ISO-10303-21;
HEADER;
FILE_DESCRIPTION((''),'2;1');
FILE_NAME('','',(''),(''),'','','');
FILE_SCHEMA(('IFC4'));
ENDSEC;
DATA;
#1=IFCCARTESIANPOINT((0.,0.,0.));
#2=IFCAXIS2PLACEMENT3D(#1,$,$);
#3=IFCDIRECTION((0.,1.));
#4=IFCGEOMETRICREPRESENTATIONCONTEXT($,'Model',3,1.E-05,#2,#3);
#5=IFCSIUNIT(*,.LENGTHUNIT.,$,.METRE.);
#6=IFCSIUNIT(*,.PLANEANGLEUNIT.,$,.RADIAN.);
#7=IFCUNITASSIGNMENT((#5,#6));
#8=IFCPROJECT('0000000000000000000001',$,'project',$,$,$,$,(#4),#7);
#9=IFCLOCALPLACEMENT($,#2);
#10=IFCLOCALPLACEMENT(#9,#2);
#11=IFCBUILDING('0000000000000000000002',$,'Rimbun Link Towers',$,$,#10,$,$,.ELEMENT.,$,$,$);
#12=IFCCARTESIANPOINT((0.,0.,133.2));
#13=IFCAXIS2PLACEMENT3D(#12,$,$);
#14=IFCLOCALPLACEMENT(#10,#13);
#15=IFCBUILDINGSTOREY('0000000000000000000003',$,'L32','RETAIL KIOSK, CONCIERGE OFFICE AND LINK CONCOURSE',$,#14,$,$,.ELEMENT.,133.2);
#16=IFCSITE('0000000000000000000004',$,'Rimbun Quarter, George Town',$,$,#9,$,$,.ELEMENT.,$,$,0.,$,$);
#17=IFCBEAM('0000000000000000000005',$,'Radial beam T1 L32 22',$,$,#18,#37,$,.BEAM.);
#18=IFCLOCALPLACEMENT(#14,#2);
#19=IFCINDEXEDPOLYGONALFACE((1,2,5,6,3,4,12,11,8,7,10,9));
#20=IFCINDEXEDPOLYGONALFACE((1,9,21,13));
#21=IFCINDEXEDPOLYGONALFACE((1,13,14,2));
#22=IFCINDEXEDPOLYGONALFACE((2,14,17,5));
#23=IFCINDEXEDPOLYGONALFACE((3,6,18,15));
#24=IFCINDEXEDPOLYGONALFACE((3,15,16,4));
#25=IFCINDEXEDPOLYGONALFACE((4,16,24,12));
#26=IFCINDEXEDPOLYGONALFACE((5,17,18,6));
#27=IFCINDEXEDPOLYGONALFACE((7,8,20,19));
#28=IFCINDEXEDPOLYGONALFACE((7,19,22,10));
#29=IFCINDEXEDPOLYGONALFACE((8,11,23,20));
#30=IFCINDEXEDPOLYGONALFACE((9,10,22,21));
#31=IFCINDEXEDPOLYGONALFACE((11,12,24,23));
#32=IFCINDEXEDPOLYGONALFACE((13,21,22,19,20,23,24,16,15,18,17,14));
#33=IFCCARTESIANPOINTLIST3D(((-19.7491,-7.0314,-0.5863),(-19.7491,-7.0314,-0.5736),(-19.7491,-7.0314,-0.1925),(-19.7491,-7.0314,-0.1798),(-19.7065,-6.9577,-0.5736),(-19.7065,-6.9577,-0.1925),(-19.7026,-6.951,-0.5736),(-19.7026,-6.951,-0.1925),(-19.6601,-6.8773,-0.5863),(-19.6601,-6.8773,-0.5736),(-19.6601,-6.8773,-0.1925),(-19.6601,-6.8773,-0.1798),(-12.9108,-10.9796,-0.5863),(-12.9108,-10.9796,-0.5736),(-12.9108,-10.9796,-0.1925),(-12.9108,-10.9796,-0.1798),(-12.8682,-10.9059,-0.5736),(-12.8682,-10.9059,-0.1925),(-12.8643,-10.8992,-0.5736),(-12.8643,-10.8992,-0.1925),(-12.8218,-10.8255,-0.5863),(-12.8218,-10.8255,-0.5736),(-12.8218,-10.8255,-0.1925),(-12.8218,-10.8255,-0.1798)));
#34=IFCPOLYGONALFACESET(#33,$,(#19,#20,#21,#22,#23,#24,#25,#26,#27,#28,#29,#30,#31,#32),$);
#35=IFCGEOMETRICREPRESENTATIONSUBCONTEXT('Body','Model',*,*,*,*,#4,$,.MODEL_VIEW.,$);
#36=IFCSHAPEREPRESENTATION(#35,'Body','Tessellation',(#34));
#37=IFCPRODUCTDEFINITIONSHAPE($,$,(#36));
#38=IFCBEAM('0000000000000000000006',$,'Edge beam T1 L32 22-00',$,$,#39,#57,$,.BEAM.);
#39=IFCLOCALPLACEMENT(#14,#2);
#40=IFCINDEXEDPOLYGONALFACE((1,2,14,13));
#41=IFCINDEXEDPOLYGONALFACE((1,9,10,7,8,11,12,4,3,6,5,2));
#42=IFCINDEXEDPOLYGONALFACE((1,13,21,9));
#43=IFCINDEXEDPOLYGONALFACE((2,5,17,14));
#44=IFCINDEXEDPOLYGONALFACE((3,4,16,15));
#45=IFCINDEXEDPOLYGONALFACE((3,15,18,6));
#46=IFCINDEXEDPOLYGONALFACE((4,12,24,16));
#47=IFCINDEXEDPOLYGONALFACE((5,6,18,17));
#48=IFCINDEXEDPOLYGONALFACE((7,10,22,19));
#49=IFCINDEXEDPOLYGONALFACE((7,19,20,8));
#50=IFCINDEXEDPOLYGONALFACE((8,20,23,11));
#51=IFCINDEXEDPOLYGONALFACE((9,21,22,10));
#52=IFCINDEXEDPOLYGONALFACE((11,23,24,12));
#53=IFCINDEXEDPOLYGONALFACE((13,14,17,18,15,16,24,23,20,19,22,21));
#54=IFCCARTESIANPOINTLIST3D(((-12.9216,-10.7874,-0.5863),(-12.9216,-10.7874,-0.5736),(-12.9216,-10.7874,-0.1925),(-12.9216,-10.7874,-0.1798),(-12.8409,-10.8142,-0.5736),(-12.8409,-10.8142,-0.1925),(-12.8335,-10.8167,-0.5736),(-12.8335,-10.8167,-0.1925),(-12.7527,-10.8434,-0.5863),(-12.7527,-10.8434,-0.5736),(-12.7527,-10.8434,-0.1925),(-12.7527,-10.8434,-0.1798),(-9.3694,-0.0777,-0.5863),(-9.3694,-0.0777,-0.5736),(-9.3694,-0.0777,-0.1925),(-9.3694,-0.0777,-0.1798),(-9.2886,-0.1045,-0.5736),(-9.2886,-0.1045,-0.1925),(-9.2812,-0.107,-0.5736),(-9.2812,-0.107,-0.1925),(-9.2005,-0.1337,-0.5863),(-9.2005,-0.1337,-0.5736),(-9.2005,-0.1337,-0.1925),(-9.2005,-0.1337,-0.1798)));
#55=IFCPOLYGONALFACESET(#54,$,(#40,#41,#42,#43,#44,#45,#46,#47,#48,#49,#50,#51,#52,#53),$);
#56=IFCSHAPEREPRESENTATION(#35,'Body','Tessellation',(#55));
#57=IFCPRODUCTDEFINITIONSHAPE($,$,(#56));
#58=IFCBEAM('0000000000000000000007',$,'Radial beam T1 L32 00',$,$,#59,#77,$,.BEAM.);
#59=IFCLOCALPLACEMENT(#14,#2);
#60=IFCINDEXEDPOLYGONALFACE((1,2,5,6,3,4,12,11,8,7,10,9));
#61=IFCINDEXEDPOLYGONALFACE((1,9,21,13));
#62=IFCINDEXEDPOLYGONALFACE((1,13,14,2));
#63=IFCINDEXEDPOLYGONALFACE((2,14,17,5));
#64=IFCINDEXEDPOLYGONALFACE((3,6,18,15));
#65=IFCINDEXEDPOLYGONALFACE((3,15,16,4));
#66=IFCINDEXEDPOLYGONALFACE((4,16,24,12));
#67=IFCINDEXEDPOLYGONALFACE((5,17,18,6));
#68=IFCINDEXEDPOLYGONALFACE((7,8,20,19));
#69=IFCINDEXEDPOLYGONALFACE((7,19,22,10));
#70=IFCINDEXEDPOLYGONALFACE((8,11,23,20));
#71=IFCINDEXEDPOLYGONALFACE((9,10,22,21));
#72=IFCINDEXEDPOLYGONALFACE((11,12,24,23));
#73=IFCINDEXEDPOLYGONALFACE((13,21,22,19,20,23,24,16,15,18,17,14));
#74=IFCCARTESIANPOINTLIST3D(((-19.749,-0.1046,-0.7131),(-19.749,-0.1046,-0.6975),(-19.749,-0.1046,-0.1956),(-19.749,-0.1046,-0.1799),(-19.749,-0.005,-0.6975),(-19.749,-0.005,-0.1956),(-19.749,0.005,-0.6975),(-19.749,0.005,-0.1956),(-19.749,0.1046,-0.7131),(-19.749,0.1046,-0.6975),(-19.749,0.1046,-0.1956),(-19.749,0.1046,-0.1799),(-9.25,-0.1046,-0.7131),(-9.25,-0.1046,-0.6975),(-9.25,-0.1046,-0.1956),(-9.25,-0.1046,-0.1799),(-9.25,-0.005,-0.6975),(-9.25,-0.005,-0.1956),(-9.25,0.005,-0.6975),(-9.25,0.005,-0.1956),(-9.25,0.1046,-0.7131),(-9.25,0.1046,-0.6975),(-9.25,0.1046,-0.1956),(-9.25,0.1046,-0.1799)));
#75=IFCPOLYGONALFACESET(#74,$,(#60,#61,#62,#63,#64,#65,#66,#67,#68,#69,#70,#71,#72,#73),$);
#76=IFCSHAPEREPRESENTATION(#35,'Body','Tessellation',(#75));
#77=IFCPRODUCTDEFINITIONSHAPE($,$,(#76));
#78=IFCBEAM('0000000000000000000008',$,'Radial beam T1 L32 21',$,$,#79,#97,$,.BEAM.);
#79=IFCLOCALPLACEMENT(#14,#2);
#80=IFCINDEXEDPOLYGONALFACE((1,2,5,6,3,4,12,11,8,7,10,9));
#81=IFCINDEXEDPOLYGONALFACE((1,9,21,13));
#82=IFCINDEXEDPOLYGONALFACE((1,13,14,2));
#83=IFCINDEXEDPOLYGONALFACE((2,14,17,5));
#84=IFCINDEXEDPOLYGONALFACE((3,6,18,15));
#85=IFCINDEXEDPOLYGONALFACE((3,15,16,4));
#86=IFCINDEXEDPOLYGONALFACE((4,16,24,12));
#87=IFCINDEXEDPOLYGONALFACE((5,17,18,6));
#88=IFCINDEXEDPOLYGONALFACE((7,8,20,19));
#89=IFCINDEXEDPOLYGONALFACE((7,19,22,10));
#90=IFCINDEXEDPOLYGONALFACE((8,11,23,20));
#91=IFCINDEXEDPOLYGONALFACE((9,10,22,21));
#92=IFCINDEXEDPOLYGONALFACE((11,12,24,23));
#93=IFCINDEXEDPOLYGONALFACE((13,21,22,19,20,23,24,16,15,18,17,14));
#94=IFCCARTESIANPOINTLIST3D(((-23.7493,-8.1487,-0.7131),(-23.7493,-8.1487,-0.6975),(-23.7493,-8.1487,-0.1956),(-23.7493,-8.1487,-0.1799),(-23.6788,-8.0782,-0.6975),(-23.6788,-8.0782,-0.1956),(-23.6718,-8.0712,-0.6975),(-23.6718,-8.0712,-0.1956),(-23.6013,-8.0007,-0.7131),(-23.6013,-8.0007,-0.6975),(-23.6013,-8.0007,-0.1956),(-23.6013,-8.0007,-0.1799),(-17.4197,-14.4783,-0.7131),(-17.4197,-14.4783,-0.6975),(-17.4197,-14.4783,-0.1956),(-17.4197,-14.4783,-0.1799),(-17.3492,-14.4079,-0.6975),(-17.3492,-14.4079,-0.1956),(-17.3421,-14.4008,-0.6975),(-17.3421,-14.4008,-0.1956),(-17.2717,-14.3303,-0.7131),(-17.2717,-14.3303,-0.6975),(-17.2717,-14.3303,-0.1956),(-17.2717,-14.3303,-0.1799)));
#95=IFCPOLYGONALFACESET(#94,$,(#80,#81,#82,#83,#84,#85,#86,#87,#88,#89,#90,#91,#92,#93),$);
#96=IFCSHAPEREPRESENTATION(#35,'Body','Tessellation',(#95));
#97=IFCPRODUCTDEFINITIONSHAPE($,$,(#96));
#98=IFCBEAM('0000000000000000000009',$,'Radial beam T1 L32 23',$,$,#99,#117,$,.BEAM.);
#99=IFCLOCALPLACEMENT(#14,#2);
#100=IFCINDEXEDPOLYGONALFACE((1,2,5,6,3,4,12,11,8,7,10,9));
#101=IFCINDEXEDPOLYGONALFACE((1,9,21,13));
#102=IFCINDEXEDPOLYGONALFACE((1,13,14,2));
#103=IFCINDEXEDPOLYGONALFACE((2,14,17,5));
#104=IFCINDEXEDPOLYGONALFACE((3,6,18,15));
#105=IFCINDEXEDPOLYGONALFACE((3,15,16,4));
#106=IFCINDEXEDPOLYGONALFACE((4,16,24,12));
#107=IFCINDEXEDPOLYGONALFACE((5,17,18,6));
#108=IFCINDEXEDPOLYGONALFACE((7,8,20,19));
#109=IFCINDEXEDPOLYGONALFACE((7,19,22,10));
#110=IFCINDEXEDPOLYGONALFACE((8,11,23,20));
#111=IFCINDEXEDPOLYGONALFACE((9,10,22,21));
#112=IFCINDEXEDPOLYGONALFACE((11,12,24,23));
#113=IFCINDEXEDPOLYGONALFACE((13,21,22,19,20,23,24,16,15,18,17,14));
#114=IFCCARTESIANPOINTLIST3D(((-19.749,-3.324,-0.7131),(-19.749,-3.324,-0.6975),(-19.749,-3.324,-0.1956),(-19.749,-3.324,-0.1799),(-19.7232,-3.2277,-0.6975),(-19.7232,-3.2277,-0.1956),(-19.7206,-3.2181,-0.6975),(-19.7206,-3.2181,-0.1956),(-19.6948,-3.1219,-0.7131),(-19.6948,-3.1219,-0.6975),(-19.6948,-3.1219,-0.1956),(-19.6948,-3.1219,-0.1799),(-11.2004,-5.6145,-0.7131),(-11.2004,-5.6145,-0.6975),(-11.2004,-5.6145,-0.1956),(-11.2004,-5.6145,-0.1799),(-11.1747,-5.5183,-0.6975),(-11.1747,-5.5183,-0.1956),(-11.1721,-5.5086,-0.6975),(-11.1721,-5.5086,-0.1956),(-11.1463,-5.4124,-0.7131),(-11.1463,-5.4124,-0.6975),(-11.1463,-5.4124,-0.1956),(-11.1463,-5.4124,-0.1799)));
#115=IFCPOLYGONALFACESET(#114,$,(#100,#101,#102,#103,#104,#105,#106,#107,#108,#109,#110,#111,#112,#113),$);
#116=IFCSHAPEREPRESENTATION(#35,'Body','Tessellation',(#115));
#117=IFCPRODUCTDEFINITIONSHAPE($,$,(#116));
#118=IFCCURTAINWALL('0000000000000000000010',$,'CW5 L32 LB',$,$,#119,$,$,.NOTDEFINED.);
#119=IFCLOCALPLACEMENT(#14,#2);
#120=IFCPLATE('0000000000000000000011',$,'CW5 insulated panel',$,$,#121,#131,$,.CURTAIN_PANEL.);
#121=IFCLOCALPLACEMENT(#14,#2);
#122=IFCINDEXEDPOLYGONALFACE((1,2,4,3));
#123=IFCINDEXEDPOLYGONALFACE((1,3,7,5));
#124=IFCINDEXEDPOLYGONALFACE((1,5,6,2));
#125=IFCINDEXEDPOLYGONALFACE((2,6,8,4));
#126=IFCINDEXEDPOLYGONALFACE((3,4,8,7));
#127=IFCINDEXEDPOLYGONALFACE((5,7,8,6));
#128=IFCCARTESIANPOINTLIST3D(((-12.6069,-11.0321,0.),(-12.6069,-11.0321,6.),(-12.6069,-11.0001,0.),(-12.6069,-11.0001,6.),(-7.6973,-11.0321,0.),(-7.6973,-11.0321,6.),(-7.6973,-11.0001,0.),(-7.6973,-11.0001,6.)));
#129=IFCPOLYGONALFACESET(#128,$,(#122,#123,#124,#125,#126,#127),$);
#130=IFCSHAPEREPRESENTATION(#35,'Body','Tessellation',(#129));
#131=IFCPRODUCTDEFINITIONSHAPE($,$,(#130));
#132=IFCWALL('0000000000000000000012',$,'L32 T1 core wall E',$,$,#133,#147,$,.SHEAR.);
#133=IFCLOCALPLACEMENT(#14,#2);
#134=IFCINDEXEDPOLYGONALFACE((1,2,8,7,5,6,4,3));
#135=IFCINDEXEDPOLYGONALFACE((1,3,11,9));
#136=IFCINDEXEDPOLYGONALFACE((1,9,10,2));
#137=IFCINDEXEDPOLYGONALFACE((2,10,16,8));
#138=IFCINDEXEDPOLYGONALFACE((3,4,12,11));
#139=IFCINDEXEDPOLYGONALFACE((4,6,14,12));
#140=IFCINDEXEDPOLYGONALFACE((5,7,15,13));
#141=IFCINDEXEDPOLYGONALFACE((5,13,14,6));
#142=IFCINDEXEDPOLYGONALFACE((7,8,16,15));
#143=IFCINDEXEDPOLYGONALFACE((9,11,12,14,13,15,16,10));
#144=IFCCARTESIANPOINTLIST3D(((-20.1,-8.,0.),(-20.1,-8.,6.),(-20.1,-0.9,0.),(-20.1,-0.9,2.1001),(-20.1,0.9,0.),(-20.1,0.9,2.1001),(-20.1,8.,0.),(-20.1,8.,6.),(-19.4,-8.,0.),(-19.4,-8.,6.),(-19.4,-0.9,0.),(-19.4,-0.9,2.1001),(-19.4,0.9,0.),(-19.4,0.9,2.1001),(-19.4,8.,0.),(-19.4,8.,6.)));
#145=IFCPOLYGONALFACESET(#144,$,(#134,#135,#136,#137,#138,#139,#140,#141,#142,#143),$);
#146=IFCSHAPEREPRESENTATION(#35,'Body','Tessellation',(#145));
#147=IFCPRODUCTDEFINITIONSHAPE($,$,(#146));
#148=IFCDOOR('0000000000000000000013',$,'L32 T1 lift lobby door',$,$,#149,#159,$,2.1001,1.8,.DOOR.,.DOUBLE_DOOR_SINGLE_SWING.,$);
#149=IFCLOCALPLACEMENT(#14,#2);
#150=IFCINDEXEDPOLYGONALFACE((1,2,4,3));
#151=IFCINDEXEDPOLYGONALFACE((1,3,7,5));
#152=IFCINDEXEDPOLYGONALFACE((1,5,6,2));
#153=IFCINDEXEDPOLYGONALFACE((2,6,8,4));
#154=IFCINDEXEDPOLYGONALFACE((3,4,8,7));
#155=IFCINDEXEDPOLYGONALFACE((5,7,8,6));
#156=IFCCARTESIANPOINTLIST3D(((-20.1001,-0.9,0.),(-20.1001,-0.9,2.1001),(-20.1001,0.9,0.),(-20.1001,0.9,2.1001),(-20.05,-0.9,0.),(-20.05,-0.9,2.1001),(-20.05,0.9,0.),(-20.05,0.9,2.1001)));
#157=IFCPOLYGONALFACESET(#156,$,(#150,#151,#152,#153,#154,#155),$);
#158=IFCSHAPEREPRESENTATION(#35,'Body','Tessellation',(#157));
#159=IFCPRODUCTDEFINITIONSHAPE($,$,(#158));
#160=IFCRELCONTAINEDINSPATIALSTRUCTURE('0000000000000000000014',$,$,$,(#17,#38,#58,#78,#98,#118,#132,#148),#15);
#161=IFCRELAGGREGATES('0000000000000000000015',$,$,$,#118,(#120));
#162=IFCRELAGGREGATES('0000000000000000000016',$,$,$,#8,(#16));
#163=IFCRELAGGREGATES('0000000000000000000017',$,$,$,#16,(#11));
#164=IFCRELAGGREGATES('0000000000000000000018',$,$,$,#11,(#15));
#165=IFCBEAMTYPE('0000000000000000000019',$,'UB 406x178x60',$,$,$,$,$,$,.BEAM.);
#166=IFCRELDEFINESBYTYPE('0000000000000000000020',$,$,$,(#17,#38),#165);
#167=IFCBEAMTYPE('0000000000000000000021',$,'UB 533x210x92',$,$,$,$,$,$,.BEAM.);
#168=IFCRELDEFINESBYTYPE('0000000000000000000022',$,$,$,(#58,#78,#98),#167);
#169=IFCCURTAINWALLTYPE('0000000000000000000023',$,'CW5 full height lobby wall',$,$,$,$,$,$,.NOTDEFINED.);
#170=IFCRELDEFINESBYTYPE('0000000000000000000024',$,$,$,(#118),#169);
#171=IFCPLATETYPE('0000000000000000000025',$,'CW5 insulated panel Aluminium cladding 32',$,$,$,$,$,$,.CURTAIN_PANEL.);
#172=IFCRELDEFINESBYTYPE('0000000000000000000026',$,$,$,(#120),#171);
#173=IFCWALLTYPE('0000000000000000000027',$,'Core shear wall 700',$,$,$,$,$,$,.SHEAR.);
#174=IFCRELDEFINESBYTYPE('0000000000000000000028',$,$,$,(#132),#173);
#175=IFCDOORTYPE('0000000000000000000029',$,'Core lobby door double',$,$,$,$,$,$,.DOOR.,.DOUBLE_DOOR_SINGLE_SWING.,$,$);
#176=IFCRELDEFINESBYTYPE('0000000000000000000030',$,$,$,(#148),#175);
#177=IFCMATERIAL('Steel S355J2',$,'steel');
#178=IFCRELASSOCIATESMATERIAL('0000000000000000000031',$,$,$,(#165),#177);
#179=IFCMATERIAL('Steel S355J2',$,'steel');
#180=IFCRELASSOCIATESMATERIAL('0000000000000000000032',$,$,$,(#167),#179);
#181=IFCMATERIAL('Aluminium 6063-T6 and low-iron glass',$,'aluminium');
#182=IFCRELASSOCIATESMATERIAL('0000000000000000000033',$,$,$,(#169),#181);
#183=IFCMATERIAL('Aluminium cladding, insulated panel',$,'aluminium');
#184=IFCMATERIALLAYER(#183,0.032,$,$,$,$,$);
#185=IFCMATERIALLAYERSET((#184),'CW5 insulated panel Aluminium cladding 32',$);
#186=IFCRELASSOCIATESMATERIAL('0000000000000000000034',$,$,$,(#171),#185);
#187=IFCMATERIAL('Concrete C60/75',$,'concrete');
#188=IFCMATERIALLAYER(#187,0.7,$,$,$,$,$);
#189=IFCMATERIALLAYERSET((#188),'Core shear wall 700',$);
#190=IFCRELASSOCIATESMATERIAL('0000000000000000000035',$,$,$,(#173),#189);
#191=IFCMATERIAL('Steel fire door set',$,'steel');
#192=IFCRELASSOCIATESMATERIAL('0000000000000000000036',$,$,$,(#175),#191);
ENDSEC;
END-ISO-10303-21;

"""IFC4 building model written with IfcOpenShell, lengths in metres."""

from ifc_helpers import new_model, si_unit, direction, frame, frame_2d, origin, origin_2d, place, context, subcontext, project, spatial, rectangle, i_section, extrude, material, layer, layer_set, material_profile, profile_set, type_object, element, fill, aggregate, save


model = new_model("IFC4")

# Units and contexts
model_context = context("Model", 3, precision=1e-05, world=origin(), true_north=direction((0.0, 1.0)))
body_context = subcontext(model_context, "Body", "Model", "MODEL_VIEW")
ifc_project = project(units=[si_unit("LENGTHUNIT", "METRE"), si_unit("PLANEANGLEUNIT", "RADIAN")], contexts=[model_context])

# Site, building, storey
site_placement = place(None, origin())
site = spatial("IfcSite", under=ifc_project, at=site_placement, Name="Rimbun Quarter, George Town", CompositionType="ELEMENT", RefElevation=0.0)
building_placement = place(site_placement, origin())
building = spatial("IfcBuilding", under=site, at=building_placement, Name="Rimbun Link Towers", CompositionType="ELEMENT")
storey_placement = place(building_placement, frame((0.0, 0.0, 133.2)))
storey = spatial("IfcBuildingStorey", under=building, at=storey_placement, Name="L32", Description="RETAIL KIOSK, CONCIERGE OFFICE AND LINK CONCOURSE", CompositionType="ELEMENT", Elevation=133.2)

# Beams
ifc_material_1 = material(Name="Steel S355J2", Category="steel")
ifc_material_profile_1 = material_profile(ifc_material_1, i_section(OverallWidth=0.178, OverallDepth=0.4065, WebThickness=0.0078, FlangeThickness=0.0127, at=origin_2d()), Name="UB 406x178x60")
ifc_profile_set_1 = profile_set([ifc_material_profile_1], Name="Steel S355J2")
beam_type_1 = type_object("IfcBeamType", Name="UB 406x178x60", PredefinedType="BEAM", material=ifc_profile_set_1)
beam_1_placement = place(storey_placement, frame((-19.7046, -6.9543, -0.3831), z_axis=(0.86602, -0.50001, 0.0), x_axis=(0.50001, 0.86602, 0.0)))
element("IfcBeam", 1, at=beam_1_placement, inside=storey, type_object=beam_type_1, Name="Radial beam T1 L32 22", PredefinedType="BEAM", context=body_context, shape_type="SweptSolid", body=[
    extrude(i_section(OverallWidth=0.178, OverallDepth=0.4065, WebThickness=0.0078, FlangeThickness=0.0127, at=origin_2d()), origin(), (0.0, 0.0, 1.0), 7.8962),
])
beam_2_placement = place(storey_placement, frame((-12.8372, -10.8154, -0.3831), z_axis=(0.314819, 0.949152, 0.0), x_axis=(-0.949152, 0.314819, 0.0)))
element("IfcBeam", 2, at=beam_2_placement, inside=storey, type_object=beam_type_1, Name="Edge beam T1 L32 22-00", PredefinedType="BEAM", context=body_context, shape_type="SweptSolid", body=[
    extrude(i_section(OverallWidth=0.178, OverallDepth=0.4065, WebThickness=0.0078, FlangeThickness=0.0127, at=origin_2d()), origin(), (0.0, 0.0, 1.0), 11.2834),
])
ifc_material_2 = material(Name="Steel S355J2", Category="steel")
ifc_material_profile_2 = material_profile(ifc_material_2, i_section(OverallWidth=0.2092, OverallDepth=0.5332, WebThickness=0.01, FlangeThickness=0.0156, at=origin_2d()), Name="UB 533x210x92")
ifc_profile_set_2 = profile_set([ifc_material_profile_2], Name="Steel S355J2")
beam_type_2 = type_object("IfcBeamType", Name="UB 533x210x92", PredefinedType="BEAM", material=ifc_profile_set_2)
beam_3_placement = place(storey_placement, frame((-19.749, 0.0, -0.4465), z_axis=(1.0, 0.0, 0.0), x_axis=(0.0, 1.0, 0.0)))
element("IfcBeam", 3, at=beam_3_placement, inside=storey, type_object=beam_type_2, Name="Radial beam T1 L32 00", PredefinedType="BEAM", context=body_context, shape_type="SweptSolid", body=[
    extrude(i_section(OverallWidth=0.2092, OverallDepth=0.5332, WebThickness=0.01, FlangeThickness=0.0156, at=origin_2d()), origin(), (0.0, 0.0, 1.0), 10.499),
])
beam_4_placement = place(storey_placement, frame((-23.6753, -8.0747, -0.4465), z_axis=(0.707107, -0.707107, 0.0), x_axis=(0.707107, 0.707107, 0.0)))
element("IfcBeam", 4, at=beam_4_placement, inside=storey, type_object=beam_type_2, Name="Radial beam T1 L32 21", PredefinedType="BEAM", context=body_context, shape_type="SweptSolid", body=[
    extrude(i_section(OverallWidth=0.2092, OverallDepth=0.5332, WebThickness=0.01, FlangeThickness=0.0156, at=origin_2d()), origin(), (0.0, 0.0, 1.0), 8.9514),
])
beam_5_placement = place(storey_placement, frame((-19.7219, -3.2229, -0.4465), z_axis=(0.965927, -0.258813, 0.0), x_axis=(0.258813, 0.965927, 0.0)))
element("IfcBeam", 5, at=beam_5_placement, inside=storey, type_object=beam_type_2, Name="Radial beam T1 L32 23", PredefinedType="BEAM", context=body_context, shape_type="SweptSolid", body=[
    extrude(i_section(OverallWidth=0.2092, OverallDepth=0.5332, WebThickness=0.01, FlangeThickness=0.0156, at=origin_2d()), origin(), (0.0, 0.0, 1.0), 8.8501),
])

# Curtain wall, plate
ifc_material_3 = material(Name="Aluminium 6063-T6 and low-iron glass", Category="aluminium")
curtain_wall_type = type_object("IfcCurtainWallType", Name="CW5 full height lobby wall", PredefinedType="NOTDEFINED", material=ifc_material_3)
curtain_wall_placement = place(storey_placement, origin())
curtain_wall = element("IfcCurtainWall", 6, at=curtain_wall_placement, inside=storey, type_object=curtain_wall_type, Name="CW5 L32 LB", PredefinedType="NOTDEFINED")
ifc_material_4 = material(Name="Aluminium cladding, insulated panel", Category="aluminium")
ifc_layer_1 = layer(ifc_material_4, 0.032)
ifc_layer_set_1 = layer_set([ifc_layer_1], Name="CW5 insulated panel Aluminium cladding 32")
plate_type = type_object("IfcPlateType", Name="CW5 insulated panel Aluminium cladding 32", PredefinedType="CURTAIN_PANEL", material=ifc_layer_set_1)
plate_placement = place(storey_placement, frame((-10.1521, -11.0161, 0.0), z_axis=(0.0, 0.0, 1.0), x_axis=(-1.0, 0.0, 0.0)))
plate = element("IfcPlate", 7, at=plate_placement, type_object=plate_type, Name="CW5 insulated panel", PredefinedType="CURTAIN_PANEL", context=body_context, shape_type="SweptSolid", body=[
    extrude(rectangle(XDim=4.9097, YDim=0.032, at=origin_2d()), origin(), (0.0, 0.0, 1.0), 6.0),
])
aggregate(curtain_wall, [plate])

# Wall, opening, door
ifc_material_5 = material(Name="Concrete C60/75", Category="concrete")
ifc_layer_2 = layer(ifc_material_5, 0.7)
ifc_layer_set_2 = layer_set([ifc_layer_2], Name="Core shear wall 700")
wall_type_1 = type_object("IfcWallType", Name="Core shear wall 700", PredefinedType="SHEAR", material=ifc_layer_set_2)
wall_1_placement = place(storey_placement, frame((-19.75, -8.0, 0.0), z_axis=(0.0, 0.0, 1.0), x_axis=(0.0, 1.0, 0.0)))
wall_1 = element("IfcWall", 8, at=wall_1_placement, inside=storey, type_object=wall_type_1, Name="L32 T1 core wall E", PredefinedType="SHEAR", context=body_context, shape_type="SweptSolid", body=[
    extrude(rectangle(XDim=16.0, YDim=0.7, at=frame_2d((8.0, 0.0))), origin(), (0.0, 0.0, 1.0), 6.0),
])
opening_1_placement = place(wall_1_placement, frame((7.1001, 0.0, 0.0)))
opening_1 = element("IfcOpeningElement", 9, at=opening_1_placement, cuts=wall_1, PredefinedType="OPENING", context=body_context, shape_type="SweptSolid", body=[
    extrude(rectangle(XDim=1.8, YDim=2.1001, at=frame_2d((0.8999, 1.05))), frame((0.0, 0.3599, 0.0), z_axis=(0.0, -1.0, 0.0), x_axis=(1.0, 0.0, 0.0)), (0.0, 0.0, 1.0), 0.72),
])
ifc_material_6 = material(Name="Steel fire door set", Category="steel")
door_type_1 = type_object("IfcDoorType", Name="Core lobby door double", OperationType="DOUBLE_DOOR_SINGLE_SWING", PredefinedType="DOOR", material=ifc_material_6)
door_1_placement = place(opening_1_placement, origin())
door_1 = element("IfcDoor", 10, at=door_1_placement, inside=storey, type_object=door_type_1, Name="L32 T1 lift lobby door", OperationType="DOUBLE_DOOR_SINGLE_SWING", OverallHeight=2.1001, OverallWidth=1.8, PredefinedType="DOOR", context=body_context, shape_type="SweptSolid", body=[
    extrude(rectangle(XDim=1.8, YDim=2.1001, at=frame_2d((0.8999, 1.05))), frame((0.0, 0.3501, 0.0), z_axis=(0.0, -1.0, 0.0), x_axis=(1.0, 0.0, 0.0)), (0.0, 0.0, 1.0), 0.05),
])
fill(opening_1, door_1)

save(model, "model.ifc")
